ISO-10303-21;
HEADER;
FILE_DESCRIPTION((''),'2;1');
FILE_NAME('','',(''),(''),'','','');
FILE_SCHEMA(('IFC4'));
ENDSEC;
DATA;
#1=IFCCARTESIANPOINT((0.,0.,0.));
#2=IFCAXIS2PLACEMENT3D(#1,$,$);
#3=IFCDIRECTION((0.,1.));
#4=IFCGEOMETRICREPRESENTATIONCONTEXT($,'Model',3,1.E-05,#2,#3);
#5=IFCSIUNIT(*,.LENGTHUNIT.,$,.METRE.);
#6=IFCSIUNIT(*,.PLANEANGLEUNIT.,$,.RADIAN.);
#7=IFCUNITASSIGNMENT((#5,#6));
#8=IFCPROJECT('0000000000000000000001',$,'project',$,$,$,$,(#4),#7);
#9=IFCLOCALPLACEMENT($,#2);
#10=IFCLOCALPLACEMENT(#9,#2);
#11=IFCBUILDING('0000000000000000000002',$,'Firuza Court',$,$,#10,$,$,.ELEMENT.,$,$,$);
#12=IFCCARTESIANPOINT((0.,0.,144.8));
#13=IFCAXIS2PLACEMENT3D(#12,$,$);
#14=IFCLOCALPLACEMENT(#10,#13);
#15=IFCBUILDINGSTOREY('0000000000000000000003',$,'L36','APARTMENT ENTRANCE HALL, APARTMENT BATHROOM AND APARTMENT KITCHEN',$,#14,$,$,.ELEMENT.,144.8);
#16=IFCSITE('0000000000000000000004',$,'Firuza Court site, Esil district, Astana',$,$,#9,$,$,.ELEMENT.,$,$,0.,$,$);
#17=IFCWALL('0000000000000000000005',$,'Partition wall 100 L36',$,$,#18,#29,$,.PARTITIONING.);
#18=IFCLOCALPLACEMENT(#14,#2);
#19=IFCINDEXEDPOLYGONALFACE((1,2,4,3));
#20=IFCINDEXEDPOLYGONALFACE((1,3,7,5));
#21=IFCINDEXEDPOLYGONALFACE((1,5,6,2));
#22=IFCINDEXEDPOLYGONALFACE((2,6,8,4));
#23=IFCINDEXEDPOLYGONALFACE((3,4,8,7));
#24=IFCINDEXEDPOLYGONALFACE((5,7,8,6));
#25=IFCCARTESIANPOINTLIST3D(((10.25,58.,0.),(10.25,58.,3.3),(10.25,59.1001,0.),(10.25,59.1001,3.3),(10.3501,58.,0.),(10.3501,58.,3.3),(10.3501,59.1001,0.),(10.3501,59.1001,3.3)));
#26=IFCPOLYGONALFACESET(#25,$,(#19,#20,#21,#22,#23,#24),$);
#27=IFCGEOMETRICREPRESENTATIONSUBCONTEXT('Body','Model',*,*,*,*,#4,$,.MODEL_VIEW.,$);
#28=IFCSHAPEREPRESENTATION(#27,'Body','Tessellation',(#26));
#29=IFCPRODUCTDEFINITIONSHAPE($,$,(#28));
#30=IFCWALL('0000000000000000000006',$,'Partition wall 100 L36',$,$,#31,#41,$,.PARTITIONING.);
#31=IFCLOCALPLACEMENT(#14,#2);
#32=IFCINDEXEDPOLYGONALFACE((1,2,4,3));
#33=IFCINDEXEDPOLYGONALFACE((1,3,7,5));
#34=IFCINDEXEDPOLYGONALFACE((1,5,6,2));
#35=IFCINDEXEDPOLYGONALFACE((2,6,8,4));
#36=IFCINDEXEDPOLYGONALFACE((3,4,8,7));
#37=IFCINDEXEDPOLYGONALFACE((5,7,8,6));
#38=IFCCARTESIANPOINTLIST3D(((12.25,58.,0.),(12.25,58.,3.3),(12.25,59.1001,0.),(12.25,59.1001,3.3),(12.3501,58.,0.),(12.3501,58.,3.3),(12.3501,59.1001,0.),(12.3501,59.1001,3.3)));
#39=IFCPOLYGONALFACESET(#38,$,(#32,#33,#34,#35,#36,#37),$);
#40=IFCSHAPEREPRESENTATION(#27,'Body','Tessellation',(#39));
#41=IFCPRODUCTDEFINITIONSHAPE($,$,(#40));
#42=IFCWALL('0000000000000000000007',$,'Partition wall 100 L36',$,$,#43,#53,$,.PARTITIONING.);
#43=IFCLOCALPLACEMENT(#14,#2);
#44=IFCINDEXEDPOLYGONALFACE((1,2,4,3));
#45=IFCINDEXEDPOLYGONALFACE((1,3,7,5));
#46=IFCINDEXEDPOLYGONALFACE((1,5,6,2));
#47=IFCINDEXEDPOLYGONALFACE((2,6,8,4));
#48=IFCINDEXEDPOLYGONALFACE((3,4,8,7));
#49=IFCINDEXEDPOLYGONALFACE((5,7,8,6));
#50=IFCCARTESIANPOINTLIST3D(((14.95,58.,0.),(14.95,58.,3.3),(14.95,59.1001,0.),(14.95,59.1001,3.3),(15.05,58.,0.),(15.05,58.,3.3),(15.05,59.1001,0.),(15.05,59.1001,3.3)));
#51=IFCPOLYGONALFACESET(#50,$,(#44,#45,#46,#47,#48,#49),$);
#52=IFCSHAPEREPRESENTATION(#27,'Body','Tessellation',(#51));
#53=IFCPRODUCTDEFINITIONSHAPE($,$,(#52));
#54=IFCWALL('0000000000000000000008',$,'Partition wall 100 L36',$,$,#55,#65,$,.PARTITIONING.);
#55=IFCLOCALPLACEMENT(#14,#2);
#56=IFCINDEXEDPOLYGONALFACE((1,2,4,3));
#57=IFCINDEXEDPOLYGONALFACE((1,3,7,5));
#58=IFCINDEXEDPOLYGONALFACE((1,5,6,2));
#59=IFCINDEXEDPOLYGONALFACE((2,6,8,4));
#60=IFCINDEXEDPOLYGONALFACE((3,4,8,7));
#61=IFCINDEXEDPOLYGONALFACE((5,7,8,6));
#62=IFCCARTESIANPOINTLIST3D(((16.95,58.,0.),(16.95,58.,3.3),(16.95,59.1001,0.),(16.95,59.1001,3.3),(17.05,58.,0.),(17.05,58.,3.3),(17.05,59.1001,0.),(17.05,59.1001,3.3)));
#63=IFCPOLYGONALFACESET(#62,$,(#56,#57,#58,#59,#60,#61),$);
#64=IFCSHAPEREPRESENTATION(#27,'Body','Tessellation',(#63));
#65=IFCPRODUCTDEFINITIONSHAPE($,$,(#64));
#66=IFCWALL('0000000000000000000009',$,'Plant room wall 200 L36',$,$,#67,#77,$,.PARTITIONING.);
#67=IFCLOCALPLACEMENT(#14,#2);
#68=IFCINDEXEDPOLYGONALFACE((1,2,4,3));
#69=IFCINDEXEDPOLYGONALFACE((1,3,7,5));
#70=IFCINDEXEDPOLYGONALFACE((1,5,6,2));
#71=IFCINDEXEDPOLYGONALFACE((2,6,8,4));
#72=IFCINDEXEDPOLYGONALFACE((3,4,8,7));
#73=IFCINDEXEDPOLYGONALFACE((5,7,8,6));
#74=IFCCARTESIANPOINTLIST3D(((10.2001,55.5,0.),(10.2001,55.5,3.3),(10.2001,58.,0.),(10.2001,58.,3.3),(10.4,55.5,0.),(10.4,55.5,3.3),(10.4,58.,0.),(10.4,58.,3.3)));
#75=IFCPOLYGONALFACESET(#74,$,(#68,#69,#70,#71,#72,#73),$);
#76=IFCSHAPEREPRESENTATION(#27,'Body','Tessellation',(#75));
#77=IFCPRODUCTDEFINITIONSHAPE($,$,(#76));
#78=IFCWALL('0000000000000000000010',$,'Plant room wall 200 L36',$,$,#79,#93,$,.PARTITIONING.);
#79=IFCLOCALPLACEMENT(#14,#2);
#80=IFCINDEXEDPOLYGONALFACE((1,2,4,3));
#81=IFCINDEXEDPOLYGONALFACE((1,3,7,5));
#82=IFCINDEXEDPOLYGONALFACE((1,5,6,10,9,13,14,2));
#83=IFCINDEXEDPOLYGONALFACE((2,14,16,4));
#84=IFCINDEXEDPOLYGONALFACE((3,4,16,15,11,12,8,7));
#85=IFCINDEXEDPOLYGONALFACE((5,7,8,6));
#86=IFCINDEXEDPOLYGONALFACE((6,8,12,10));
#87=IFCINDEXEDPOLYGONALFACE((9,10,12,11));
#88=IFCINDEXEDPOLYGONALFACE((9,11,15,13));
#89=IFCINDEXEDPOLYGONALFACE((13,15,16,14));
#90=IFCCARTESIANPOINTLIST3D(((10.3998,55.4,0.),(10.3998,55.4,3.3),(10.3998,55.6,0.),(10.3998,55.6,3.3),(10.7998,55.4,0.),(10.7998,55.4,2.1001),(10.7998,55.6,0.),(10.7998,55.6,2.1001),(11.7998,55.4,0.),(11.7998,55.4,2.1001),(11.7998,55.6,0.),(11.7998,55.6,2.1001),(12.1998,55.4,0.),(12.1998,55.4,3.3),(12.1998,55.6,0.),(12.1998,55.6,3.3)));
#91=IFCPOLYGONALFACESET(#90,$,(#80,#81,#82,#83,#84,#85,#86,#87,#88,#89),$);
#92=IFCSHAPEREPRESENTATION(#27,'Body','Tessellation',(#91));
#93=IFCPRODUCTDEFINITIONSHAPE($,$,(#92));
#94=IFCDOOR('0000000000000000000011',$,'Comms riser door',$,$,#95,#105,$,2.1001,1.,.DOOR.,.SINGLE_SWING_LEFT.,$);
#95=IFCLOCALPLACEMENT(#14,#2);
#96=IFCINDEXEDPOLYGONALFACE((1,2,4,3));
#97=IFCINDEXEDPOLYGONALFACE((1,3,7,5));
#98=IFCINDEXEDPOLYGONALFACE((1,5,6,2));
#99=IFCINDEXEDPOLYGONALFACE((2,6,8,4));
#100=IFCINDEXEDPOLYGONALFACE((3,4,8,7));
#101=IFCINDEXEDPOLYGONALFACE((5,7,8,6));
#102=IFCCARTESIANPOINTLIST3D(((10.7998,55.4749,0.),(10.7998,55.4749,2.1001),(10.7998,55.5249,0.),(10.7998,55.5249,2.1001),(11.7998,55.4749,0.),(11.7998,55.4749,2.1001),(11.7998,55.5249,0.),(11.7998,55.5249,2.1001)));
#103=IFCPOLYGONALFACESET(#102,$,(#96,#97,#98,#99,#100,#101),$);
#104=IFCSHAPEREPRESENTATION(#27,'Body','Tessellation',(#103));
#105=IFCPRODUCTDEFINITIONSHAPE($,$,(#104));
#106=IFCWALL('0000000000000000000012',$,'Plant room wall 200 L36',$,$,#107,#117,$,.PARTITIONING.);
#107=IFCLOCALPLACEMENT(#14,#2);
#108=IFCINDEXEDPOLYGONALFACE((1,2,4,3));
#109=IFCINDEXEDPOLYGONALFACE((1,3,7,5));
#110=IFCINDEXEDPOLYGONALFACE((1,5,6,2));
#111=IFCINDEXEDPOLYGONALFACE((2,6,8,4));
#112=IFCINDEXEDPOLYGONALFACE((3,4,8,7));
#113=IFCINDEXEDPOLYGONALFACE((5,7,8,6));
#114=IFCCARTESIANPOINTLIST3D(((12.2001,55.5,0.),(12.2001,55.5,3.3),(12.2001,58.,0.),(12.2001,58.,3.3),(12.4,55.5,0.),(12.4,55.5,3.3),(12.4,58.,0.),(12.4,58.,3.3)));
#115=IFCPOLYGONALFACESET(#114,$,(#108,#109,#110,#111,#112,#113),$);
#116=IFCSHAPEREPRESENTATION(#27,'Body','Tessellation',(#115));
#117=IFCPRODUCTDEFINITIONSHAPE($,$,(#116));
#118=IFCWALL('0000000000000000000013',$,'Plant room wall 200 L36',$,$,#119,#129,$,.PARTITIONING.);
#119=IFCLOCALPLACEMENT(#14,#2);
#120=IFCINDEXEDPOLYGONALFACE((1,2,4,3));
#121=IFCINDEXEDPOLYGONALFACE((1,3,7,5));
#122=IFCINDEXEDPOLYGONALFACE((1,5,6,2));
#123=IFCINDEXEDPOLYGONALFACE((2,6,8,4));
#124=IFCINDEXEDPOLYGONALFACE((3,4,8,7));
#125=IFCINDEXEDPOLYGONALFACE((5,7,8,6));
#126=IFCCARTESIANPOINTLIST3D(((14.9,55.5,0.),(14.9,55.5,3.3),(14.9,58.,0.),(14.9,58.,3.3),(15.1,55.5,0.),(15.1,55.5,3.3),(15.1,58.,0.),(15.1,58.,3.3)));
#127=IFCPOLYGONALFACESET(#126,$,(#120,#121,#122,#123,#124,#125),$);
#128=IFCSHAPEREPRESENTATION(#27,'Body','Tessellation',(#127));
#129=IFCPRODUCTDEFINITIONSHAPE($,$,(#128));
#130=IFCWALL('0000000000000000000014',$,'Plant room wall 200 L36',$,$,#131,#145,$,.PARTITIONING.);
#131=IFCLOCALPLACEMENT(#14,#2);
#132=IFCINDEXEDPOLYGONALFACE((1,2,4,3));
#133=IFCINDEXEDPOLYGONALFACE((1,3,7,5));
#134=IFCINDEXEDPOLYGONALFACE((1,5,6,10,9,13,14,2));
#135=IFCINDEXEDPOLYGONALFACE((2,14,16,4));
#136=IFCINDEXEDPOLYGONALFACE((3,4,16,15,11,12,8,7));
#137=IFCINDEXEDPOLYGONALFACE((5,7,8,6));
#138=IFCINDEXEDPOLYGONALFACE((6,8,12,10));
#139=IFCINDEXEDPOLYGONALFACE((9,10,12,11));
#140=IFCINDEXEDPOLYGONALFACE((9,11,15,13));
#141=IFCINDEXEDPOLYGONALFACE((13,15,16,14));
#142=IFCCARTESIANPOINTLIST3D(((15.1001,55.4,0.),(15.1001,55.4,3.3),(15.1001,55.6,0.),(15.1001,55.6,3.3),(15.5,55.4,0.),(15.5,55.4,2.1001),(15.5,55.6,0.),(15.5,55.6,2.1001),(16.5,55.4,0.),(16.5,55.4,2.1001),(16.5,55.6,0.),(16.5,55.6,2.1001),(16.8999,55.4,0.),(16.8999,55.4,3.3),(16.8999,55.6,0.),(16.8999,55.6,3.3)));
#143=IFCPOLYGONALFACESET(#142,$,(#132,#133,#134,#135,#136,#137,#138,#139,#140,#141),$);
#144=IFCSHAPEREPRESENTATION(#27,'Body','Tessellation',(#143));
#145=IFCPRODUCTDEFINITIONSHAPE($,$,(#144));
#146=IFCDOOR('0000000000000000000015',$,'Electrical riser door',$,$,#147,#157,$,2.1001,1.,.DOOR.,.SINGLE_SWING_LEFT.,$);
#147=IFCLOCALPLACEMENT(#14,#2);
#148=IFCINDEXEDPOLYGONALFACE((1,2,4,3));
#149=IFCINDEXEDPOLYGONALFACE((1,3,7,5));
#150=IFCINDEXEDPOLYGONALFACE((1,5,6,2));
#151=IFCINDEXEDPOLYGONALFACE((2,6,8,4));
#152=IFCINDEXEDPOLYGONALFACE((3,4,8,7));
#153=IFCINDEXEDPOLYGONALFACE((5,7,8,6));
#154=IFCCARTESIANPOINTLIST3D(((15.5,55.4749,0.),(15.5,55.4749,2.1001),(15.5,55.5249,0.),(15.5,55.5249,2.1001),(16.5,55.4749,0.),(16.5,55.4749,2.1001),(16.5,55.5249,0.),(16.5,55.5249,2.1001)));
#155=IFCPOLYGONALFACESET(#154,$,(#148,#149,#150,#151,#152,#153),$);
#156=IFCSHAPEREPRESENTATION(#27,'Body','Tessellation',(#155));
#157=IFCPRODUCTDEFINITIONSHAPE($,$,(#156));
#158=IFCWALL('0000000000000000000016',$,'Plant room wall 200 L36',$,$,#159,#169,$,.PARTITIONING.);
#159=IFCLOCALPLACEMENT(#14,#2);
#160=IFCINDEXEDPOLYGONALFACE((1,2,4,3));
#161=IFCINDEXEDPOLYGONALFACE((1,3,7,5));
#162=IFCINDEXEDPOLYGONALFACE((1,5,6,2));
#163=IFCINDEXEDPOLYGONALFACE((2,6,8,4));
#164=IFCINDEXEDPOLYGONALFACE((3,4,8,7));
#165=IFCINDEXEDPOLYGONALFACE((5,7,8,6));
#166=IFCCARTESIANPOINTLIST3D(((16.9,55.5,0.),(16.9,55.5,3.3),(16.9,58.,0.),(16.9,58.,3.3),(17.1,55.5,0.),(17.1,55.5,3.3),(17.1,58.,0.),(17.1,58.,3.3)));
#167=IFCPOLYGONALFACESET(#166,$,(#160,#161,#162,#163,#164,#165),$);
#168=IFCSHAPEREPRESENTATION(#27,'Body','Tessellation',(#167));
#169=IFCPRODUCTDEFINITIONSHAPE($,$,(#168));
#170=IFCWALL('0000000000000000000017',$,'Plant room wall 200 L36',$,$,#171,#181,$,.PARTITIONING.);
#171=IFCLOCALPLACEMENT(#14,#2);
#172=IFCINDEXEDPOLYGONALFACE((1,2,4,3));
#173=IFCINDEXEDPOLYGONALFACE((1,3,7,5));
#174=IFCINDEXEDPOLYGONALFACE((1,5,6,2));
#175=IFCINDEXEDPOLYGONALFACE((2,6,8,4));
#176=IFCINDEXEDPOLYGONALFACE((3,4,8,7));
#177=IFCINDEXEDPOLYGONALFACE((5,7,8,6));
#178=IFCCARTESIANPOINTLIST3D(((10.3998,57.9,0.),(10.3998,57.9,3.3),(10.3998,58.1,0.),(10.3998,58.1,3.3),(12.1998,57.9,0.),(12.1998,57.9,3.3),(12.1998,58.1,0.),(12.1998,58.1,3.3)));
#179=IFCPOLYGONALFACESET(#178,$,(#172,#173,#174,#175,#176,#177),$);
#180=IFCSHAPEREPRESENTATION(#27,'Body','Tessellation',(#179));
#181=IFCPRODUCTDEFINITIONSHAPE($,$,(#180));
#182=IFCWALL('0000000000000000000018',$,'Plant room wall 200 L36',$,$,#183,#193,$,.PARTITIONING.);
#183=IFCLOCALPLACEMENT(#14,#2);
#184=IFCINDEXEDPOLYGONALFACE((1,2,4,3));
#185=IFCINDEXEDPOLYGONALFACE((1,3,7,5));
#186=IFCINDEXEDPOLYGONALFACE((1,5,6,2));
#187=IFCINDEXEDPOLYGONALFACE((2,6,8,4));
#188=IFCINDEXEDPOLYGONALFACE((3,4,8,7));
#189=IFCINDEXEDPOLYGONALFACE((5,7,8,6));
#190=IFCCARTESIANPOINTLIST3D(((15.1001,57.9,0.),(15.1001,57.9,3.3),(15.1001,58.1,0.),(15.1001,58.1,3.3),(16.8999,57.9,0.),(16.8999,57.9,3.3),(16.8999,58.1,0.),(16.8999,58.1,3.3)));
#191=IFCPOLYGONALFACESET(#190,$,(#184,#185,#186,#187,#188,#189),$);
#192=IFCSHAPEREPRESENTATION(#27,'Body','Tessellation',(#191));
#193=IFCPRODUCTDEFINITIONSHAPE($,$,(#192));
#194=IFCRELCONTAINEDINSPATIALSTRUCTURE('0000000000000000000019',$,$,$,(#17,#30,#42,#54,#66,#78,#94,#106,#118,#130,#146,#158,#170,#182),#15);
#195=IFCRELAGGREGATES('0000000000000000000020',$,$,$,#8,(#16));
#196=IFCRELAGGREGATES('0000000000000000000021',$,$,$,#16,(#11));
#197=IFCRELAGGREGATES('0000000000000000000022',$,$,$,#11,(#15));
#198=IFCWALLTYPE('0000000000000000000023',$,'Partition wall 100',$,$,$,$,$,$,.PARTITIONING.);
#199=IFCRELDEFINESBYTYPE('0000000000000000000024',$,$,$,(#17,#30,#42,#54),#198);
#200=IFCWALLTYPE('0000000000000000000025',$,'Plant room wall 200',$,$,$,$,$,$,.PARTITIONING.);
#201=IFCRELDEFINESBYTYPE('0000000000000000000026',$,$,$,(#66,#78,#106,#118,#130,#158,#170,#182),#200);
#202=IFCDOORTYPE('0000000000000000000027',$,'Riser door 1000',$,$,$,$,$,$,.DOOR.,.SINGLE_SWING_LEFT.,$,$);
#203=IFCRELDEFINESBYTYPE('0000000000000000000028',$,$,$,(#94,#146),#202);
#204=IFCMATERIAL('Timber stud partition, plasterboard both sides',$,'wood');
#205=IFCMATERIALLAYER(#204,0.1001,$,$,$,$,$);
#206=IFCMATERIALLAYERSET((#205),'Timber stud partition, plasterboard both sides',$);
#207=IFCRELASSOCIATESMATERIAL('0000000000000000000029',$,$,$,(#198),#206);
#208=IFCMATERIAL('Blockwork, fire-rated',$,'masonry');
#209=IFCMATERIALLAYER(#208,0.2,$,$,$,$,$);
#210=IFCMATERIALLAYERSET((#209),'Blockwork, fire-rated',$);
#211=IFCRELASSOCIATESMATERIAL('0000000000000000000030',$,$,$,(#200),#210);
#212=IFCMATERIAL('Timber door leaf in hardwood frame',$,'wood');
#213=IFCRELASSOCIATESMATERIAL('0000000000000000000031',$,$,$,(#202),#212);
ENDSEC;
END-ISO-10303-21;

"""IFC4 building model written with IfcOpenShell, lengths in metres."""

from ifc_helpers import new_model, si_unit, direction, frame, frame_2d, origin, place, context, subcontext, project, spatial, rectangle, extrude, material, layer, layer_set, type_object, element, fill, save


model = new_model("IFC4")

# Units and contexts
model_context = context("Model", 3, precision=1e-05, world=origin(), true_north=direction((0.0, 1.0)))
body_context = subcontext(model_context, "Body", "Model", "MODEL_VIEW")
ifc_project = project(units=[si_unit("LENGTHUNIT", "METRE"), si_unit("PLANEANGLEUNIT", "RADIAN")], contexts=[model_context])

# Site, building, storey
site_placement = place(None, origin())
site = spatial("IfcSite", under=ifc_project, at=site_placement, Name="Firuza Court site, Esil district, Astana", CompositionType="ELEMENT", RefElevation=0.0)
building_placement = place(site_placement, origin())
building = spatial("IfcBuilding", under=site, at=building_placement, Name="Firuza Court", CompositionType="ELEMENT")
storey_placement = place(building_placement, frame((0.0, 0.0, 144.8)))
storey = spatial("IfcBuildingStorey", under=building, at=storey_placement, Name="L36", Description="APARTMENT ENTRANCE HALL, APARTMENT BATHROOM AND APARTMENT KITCHEN", CompositionType="ELEMENT", Elevation=144.8)

# Walls
ifc_material_1 = material(Name="Timber stud partition, plasterboard both sides", Category="wood")
ifc_layer_1 = layer(ifc_material_1, 0.1001)
ifc_layer_set_1 = layer_set([ifc_layer_1], Name="Timber stud partition, plasterboard both sides")
wall_type_1 = type_object("IfcWallType", Name="Partition wall 100", PredefinedType="PARTITIONING", material=ifc_layer_set_1)
for number, where, z_axis, x_axis, name in (
    (1, (10.3, 58.0, 0.0), (0.0, 0.0, 1.0), (0.0, 1.0, 0.0), "Partition wall 100 L36"),
    (2, (12.3, 58.0, 0.0), (0.0, 0.0, 1.0), (0.0, 1.0, 0.0), "Partition wall 100 L36"),
    (3, (15.0, 58.0, 0.0), (0.0, 0.0, 1.0), (0.0, 1.0, 0.0), "Partition wall 100 L36"),
    (4, (17.0, 58.0, 0.0), (0.0, 0.0, 1.0), (0.0, 1.0, 0.0), "Partition wall 100 L36"),
):
    element("IfcWall", number, at=place(storey_placement, frame(where, z_axis=z_axis, x_axis=x_axis)), inside=storey, type_object=wall_type_1, Name=name, PredefinedType="PARTITIONING", context=body_context, shape_type="SweptSolid", body=[
        extrude(rectangle(XDim=1.1001, YDim=0.1001, at=frame_2d((0.55, 0.0))), origin(), (0.0, 0.0, 1.0), 3.3),
    ])
ifc_material_2 = material(Name="Blockwork, fire-rated", Category="masonry")
ifc_layer_2 = layer(ifc_material_2, 0.2)
ifc_layer_set_2 = layer_set([ifc_layer_2], Name="Blockwork, fire-rated")
wall_type_2 = type_object("IfcWallType", Name="Plant room wall 200", PredefinedType="PARTITIONING", material=ifc_layer_set_2)
wall_1_placement = place(storey_placement, frame((10.3, 55.5, 0.0), z_axis=(0.0, 0.0, 1.0), x_axis=(0.0, 1.0, 0.0)))
element("IfcWall", 5, at=wall_1_placement, inside=storey, type_object=wall_type_2, Name="Plant room wall 200 L36", PredefinedType="PARTITIONING", context=body_context, shape_type="SweptSolid", body=[
    extrude(rectangle(XDim=2.5, YDim=0.2, at=frame_2d((1.25, 0.0))), origin(), (0.0, 0.0, 1.0), 3.3),
])

# Wall, opening, door
wall_2_placement = place(storey_placement, frame((10.3999, 55.5, 0.0), z_axis=(0.0, 0.0, 1.0), x_axis=(1.0, 0.0, 0.0)))
wall_2 = element("IfcWall", 6, at=wall_2_placement, inside=storey, type_object=wall_type_2, Name="Plant room wall 200 L36", PredefinedType="PARTITIONING", context=body_context, shape_type="SweptSolid", body=[
    extrude(rectangle(XDim=1.8, YDim=0.2, at=frame_2d((0.8999, 0.0))), origin(), (0.0, 0.0, 1.0), 3.3),
])
opening_1_placement = place(wall_2_placement, frame((0.3999, 0.0, 0.0)))
opening_1 = element("IfcOpeningElement", 7, at=opening_1_placement, cuts=wall_2, PredefinedType="OPENING", context=body_context, shape_type="SweptSolid", body=[
    extrude(rectangle(XDim=1.0, YDim=2.1001, at=frame_2d((0.5, 1.05))), frame((0.0, 0.1118, 0.0), z_axis=(0.0, -1.0, 0.0), x_axis=(1.0, 0.0, 0.0)), (0.0, 0.0, 1.0), 0.2239),
])
ifc_material_3 = material(Name="Timber door leaf in hardwood frame", Category="wood")
door_type_1 = type_object("IfcDoorType", Name="Riser door 1000", OperationType="SINGLE_SWING_LEFT", PredefinedType="DOOR", material=ifc_material_3)
door_1_placement = place(opening_1_placement, origin())
door_1 = element("IfcDoor", 8, at=door_1_placement, inside=storey, type_object=door_type_1, Name="Comms riser door", OperationType="SINGLE_SWING_LEFT", OverallHeight=2.1001, OverallWidth=1.0, PredefinedType="DOOR", context=body_context, shape_type="SweptSolid", body=[
    extrude(rectangle(XDim=1.0, YDim=2.1001, at=frame_2d((0.5, 1.05))), frame((0.0, 0.0249, 0.0), z_axis=(0.0, -1.0, 0.0), x_axis=(1.0, 0.0, 0.0)), (0.0, 0.0, 1.0), 0.05),
])
fill(opening_1, door_1)

# Walls
for number, where, z_axis, x_axis, name in (
    (9, (12.3, 55.5, 0.0), (0.0, 0.0, 1.0), (0.0, 1.0, 0.0), "Plant room wall 200 L36"),
    (10, (15.0, 55.5, 0.0), (0.0, 0.0, 1.0), (0.0, 1.0, 0.0), "Plant room wall 200 L36"),
):
    element("IfcWall", number, at=place(storey_placement, frame(where, z_axis=z_axis, x_axis=x_axis)), inside=storey, type_object=wall_type_2, Name=name, PredefinedType="PARTITIONING", context=body_context, shape_type="SweptSolid", body=[
        extrude(rectangle(XDim=2.5, YDim=0.2, at=frame_2d((1.25, 0.0))), origin(), (0.0, 0.0, 1.0), 3.3),
    ])

# Wall, opening, door
wall_3_placement = place(storey_placement, frame((15.1001, 55.5, 0.0), z_axis=(0.0, 0.0, 1.0), x_axis=(1.0, 0.0, 0.0)))
wall_3 = element("IfcWall", 11, at=wall_3_placement, inside=storey, type_object=wall_type_2, Name="Plant room wall 200 L36", PredefinedType="PARTITIONING", context=body_context, shape_type="SweptSolid", body=[
    extrude(rectangle(XDim=1.7998, YDim=0.2, at=frame_2d((0.8999, 0.0))), origin(), (0.0, 0.0, 1.0), 3.3),
])
opening_2_placement = place(wall_3_placement, frame((0.3999, 0.0, 0.0)))
opening_2 = element("IfcOpeningElement", 12, at=opening_2_placement, cuts=wall_3, PredefinedType="OPENING", context=body_context, shape_type="SweptSolid", body=[
    extrude(rectangle(XDim=1.0, YDim=2.1001, at=frame_2d((0.5, 1.05))), frame((0.0, 0.1118, 0.0), z_axis=(0.0, -1.0, 0.0), x_axis=(1.0, 0.0, 0.0)), (0.0, 0.0, 1.0), 0.2239),
])
door_2_placement = place(opening_2_placement, origin())
door_2 = element("IfcDoor", 13, at=door_2_placement, inside=storey, type_object=door_type_1, Name="Electrical riser door", OperationType="SINGLE_SWING_LEFT", OverallHeight=2.1001, OverallWidth=1.0, PredefinedType="DOOR", context=body_context, shape_type="SweptSolid", body=[
    extrude(rectangle(XDim=1.0, YDim=2.1001, at=frame_2d((0.5, 1.05))), frame((0.0, 0.0249, 0.0), z_axis=(0.0, -1.0, 0.0), x_axis=(1.0, 0.0, 0.0)), (0.0, 0.0, 1.0), 0.05),
])
fill(opening_2, door_2)

# Walls
wall_4_placement = place(storey_placement, frame((17.0, 55.5, 0.0), z_axis=(0.0, 0.0, 1.0), x_axis=(0.0, 1.0, 0.0)))
element("IfcWall", 14, at=wall_4_placement, inside=storey, type_object=wall_type_2, Name="Plant room wall 200 L36", PredefinedType="PARTITIONING", context=body_context, shape_type="SweptSolid", body=[
    extrude(rectangle(XDim=2.5, YDim=0.2, at=frame_2d((1.25, 0.0))), origin(), (0.0, 0.0, 1.0), 3.3),
])
wall_5_placement = place(storey_placement, frame((10.3999, 58.0, 0.0), z_axis=(0.0, 0.0, 1.0), x_axis=(1.0, 0.0, 0.0)))
element("IfcWall", 15, at=wall_5_placement, inside=storey, type_object=wall_type_2, Name="Plant room wall 200 L36", PredefinedType="PARTITIONING", context=body_context, shape_type="SweptSolid", body=[
    extrude(rectangle(XDim=1.8, YDim=0.2, at=frame_2d((0.8999, 0.0))), origin(), (0.0, 0.0, 1.0), 3.3),
])
wall_6_placement = place(storey_placement, frame((15.1001, 58.0, 0.0), z_axis=(0.0, 0.0, 1.0), x_axis=(1.0, 0.0, 0.0)))
element("IfcWall", 16, at=wall_6_placement, inside=storey, type_object=wall_type_2, Name="Plant room wall 200 L36", PredefinedType="PARTITIONING", context=body_context, shape_type="SweptSolid", body=[
    extrude(rectangle(XDim=1.7998, YDim=0.2, at=frame_2d((0.8999, 0.0))), origin(), (0.0, 0.0, 1.0), 3.3),
])

save(model, "model.ifc")
